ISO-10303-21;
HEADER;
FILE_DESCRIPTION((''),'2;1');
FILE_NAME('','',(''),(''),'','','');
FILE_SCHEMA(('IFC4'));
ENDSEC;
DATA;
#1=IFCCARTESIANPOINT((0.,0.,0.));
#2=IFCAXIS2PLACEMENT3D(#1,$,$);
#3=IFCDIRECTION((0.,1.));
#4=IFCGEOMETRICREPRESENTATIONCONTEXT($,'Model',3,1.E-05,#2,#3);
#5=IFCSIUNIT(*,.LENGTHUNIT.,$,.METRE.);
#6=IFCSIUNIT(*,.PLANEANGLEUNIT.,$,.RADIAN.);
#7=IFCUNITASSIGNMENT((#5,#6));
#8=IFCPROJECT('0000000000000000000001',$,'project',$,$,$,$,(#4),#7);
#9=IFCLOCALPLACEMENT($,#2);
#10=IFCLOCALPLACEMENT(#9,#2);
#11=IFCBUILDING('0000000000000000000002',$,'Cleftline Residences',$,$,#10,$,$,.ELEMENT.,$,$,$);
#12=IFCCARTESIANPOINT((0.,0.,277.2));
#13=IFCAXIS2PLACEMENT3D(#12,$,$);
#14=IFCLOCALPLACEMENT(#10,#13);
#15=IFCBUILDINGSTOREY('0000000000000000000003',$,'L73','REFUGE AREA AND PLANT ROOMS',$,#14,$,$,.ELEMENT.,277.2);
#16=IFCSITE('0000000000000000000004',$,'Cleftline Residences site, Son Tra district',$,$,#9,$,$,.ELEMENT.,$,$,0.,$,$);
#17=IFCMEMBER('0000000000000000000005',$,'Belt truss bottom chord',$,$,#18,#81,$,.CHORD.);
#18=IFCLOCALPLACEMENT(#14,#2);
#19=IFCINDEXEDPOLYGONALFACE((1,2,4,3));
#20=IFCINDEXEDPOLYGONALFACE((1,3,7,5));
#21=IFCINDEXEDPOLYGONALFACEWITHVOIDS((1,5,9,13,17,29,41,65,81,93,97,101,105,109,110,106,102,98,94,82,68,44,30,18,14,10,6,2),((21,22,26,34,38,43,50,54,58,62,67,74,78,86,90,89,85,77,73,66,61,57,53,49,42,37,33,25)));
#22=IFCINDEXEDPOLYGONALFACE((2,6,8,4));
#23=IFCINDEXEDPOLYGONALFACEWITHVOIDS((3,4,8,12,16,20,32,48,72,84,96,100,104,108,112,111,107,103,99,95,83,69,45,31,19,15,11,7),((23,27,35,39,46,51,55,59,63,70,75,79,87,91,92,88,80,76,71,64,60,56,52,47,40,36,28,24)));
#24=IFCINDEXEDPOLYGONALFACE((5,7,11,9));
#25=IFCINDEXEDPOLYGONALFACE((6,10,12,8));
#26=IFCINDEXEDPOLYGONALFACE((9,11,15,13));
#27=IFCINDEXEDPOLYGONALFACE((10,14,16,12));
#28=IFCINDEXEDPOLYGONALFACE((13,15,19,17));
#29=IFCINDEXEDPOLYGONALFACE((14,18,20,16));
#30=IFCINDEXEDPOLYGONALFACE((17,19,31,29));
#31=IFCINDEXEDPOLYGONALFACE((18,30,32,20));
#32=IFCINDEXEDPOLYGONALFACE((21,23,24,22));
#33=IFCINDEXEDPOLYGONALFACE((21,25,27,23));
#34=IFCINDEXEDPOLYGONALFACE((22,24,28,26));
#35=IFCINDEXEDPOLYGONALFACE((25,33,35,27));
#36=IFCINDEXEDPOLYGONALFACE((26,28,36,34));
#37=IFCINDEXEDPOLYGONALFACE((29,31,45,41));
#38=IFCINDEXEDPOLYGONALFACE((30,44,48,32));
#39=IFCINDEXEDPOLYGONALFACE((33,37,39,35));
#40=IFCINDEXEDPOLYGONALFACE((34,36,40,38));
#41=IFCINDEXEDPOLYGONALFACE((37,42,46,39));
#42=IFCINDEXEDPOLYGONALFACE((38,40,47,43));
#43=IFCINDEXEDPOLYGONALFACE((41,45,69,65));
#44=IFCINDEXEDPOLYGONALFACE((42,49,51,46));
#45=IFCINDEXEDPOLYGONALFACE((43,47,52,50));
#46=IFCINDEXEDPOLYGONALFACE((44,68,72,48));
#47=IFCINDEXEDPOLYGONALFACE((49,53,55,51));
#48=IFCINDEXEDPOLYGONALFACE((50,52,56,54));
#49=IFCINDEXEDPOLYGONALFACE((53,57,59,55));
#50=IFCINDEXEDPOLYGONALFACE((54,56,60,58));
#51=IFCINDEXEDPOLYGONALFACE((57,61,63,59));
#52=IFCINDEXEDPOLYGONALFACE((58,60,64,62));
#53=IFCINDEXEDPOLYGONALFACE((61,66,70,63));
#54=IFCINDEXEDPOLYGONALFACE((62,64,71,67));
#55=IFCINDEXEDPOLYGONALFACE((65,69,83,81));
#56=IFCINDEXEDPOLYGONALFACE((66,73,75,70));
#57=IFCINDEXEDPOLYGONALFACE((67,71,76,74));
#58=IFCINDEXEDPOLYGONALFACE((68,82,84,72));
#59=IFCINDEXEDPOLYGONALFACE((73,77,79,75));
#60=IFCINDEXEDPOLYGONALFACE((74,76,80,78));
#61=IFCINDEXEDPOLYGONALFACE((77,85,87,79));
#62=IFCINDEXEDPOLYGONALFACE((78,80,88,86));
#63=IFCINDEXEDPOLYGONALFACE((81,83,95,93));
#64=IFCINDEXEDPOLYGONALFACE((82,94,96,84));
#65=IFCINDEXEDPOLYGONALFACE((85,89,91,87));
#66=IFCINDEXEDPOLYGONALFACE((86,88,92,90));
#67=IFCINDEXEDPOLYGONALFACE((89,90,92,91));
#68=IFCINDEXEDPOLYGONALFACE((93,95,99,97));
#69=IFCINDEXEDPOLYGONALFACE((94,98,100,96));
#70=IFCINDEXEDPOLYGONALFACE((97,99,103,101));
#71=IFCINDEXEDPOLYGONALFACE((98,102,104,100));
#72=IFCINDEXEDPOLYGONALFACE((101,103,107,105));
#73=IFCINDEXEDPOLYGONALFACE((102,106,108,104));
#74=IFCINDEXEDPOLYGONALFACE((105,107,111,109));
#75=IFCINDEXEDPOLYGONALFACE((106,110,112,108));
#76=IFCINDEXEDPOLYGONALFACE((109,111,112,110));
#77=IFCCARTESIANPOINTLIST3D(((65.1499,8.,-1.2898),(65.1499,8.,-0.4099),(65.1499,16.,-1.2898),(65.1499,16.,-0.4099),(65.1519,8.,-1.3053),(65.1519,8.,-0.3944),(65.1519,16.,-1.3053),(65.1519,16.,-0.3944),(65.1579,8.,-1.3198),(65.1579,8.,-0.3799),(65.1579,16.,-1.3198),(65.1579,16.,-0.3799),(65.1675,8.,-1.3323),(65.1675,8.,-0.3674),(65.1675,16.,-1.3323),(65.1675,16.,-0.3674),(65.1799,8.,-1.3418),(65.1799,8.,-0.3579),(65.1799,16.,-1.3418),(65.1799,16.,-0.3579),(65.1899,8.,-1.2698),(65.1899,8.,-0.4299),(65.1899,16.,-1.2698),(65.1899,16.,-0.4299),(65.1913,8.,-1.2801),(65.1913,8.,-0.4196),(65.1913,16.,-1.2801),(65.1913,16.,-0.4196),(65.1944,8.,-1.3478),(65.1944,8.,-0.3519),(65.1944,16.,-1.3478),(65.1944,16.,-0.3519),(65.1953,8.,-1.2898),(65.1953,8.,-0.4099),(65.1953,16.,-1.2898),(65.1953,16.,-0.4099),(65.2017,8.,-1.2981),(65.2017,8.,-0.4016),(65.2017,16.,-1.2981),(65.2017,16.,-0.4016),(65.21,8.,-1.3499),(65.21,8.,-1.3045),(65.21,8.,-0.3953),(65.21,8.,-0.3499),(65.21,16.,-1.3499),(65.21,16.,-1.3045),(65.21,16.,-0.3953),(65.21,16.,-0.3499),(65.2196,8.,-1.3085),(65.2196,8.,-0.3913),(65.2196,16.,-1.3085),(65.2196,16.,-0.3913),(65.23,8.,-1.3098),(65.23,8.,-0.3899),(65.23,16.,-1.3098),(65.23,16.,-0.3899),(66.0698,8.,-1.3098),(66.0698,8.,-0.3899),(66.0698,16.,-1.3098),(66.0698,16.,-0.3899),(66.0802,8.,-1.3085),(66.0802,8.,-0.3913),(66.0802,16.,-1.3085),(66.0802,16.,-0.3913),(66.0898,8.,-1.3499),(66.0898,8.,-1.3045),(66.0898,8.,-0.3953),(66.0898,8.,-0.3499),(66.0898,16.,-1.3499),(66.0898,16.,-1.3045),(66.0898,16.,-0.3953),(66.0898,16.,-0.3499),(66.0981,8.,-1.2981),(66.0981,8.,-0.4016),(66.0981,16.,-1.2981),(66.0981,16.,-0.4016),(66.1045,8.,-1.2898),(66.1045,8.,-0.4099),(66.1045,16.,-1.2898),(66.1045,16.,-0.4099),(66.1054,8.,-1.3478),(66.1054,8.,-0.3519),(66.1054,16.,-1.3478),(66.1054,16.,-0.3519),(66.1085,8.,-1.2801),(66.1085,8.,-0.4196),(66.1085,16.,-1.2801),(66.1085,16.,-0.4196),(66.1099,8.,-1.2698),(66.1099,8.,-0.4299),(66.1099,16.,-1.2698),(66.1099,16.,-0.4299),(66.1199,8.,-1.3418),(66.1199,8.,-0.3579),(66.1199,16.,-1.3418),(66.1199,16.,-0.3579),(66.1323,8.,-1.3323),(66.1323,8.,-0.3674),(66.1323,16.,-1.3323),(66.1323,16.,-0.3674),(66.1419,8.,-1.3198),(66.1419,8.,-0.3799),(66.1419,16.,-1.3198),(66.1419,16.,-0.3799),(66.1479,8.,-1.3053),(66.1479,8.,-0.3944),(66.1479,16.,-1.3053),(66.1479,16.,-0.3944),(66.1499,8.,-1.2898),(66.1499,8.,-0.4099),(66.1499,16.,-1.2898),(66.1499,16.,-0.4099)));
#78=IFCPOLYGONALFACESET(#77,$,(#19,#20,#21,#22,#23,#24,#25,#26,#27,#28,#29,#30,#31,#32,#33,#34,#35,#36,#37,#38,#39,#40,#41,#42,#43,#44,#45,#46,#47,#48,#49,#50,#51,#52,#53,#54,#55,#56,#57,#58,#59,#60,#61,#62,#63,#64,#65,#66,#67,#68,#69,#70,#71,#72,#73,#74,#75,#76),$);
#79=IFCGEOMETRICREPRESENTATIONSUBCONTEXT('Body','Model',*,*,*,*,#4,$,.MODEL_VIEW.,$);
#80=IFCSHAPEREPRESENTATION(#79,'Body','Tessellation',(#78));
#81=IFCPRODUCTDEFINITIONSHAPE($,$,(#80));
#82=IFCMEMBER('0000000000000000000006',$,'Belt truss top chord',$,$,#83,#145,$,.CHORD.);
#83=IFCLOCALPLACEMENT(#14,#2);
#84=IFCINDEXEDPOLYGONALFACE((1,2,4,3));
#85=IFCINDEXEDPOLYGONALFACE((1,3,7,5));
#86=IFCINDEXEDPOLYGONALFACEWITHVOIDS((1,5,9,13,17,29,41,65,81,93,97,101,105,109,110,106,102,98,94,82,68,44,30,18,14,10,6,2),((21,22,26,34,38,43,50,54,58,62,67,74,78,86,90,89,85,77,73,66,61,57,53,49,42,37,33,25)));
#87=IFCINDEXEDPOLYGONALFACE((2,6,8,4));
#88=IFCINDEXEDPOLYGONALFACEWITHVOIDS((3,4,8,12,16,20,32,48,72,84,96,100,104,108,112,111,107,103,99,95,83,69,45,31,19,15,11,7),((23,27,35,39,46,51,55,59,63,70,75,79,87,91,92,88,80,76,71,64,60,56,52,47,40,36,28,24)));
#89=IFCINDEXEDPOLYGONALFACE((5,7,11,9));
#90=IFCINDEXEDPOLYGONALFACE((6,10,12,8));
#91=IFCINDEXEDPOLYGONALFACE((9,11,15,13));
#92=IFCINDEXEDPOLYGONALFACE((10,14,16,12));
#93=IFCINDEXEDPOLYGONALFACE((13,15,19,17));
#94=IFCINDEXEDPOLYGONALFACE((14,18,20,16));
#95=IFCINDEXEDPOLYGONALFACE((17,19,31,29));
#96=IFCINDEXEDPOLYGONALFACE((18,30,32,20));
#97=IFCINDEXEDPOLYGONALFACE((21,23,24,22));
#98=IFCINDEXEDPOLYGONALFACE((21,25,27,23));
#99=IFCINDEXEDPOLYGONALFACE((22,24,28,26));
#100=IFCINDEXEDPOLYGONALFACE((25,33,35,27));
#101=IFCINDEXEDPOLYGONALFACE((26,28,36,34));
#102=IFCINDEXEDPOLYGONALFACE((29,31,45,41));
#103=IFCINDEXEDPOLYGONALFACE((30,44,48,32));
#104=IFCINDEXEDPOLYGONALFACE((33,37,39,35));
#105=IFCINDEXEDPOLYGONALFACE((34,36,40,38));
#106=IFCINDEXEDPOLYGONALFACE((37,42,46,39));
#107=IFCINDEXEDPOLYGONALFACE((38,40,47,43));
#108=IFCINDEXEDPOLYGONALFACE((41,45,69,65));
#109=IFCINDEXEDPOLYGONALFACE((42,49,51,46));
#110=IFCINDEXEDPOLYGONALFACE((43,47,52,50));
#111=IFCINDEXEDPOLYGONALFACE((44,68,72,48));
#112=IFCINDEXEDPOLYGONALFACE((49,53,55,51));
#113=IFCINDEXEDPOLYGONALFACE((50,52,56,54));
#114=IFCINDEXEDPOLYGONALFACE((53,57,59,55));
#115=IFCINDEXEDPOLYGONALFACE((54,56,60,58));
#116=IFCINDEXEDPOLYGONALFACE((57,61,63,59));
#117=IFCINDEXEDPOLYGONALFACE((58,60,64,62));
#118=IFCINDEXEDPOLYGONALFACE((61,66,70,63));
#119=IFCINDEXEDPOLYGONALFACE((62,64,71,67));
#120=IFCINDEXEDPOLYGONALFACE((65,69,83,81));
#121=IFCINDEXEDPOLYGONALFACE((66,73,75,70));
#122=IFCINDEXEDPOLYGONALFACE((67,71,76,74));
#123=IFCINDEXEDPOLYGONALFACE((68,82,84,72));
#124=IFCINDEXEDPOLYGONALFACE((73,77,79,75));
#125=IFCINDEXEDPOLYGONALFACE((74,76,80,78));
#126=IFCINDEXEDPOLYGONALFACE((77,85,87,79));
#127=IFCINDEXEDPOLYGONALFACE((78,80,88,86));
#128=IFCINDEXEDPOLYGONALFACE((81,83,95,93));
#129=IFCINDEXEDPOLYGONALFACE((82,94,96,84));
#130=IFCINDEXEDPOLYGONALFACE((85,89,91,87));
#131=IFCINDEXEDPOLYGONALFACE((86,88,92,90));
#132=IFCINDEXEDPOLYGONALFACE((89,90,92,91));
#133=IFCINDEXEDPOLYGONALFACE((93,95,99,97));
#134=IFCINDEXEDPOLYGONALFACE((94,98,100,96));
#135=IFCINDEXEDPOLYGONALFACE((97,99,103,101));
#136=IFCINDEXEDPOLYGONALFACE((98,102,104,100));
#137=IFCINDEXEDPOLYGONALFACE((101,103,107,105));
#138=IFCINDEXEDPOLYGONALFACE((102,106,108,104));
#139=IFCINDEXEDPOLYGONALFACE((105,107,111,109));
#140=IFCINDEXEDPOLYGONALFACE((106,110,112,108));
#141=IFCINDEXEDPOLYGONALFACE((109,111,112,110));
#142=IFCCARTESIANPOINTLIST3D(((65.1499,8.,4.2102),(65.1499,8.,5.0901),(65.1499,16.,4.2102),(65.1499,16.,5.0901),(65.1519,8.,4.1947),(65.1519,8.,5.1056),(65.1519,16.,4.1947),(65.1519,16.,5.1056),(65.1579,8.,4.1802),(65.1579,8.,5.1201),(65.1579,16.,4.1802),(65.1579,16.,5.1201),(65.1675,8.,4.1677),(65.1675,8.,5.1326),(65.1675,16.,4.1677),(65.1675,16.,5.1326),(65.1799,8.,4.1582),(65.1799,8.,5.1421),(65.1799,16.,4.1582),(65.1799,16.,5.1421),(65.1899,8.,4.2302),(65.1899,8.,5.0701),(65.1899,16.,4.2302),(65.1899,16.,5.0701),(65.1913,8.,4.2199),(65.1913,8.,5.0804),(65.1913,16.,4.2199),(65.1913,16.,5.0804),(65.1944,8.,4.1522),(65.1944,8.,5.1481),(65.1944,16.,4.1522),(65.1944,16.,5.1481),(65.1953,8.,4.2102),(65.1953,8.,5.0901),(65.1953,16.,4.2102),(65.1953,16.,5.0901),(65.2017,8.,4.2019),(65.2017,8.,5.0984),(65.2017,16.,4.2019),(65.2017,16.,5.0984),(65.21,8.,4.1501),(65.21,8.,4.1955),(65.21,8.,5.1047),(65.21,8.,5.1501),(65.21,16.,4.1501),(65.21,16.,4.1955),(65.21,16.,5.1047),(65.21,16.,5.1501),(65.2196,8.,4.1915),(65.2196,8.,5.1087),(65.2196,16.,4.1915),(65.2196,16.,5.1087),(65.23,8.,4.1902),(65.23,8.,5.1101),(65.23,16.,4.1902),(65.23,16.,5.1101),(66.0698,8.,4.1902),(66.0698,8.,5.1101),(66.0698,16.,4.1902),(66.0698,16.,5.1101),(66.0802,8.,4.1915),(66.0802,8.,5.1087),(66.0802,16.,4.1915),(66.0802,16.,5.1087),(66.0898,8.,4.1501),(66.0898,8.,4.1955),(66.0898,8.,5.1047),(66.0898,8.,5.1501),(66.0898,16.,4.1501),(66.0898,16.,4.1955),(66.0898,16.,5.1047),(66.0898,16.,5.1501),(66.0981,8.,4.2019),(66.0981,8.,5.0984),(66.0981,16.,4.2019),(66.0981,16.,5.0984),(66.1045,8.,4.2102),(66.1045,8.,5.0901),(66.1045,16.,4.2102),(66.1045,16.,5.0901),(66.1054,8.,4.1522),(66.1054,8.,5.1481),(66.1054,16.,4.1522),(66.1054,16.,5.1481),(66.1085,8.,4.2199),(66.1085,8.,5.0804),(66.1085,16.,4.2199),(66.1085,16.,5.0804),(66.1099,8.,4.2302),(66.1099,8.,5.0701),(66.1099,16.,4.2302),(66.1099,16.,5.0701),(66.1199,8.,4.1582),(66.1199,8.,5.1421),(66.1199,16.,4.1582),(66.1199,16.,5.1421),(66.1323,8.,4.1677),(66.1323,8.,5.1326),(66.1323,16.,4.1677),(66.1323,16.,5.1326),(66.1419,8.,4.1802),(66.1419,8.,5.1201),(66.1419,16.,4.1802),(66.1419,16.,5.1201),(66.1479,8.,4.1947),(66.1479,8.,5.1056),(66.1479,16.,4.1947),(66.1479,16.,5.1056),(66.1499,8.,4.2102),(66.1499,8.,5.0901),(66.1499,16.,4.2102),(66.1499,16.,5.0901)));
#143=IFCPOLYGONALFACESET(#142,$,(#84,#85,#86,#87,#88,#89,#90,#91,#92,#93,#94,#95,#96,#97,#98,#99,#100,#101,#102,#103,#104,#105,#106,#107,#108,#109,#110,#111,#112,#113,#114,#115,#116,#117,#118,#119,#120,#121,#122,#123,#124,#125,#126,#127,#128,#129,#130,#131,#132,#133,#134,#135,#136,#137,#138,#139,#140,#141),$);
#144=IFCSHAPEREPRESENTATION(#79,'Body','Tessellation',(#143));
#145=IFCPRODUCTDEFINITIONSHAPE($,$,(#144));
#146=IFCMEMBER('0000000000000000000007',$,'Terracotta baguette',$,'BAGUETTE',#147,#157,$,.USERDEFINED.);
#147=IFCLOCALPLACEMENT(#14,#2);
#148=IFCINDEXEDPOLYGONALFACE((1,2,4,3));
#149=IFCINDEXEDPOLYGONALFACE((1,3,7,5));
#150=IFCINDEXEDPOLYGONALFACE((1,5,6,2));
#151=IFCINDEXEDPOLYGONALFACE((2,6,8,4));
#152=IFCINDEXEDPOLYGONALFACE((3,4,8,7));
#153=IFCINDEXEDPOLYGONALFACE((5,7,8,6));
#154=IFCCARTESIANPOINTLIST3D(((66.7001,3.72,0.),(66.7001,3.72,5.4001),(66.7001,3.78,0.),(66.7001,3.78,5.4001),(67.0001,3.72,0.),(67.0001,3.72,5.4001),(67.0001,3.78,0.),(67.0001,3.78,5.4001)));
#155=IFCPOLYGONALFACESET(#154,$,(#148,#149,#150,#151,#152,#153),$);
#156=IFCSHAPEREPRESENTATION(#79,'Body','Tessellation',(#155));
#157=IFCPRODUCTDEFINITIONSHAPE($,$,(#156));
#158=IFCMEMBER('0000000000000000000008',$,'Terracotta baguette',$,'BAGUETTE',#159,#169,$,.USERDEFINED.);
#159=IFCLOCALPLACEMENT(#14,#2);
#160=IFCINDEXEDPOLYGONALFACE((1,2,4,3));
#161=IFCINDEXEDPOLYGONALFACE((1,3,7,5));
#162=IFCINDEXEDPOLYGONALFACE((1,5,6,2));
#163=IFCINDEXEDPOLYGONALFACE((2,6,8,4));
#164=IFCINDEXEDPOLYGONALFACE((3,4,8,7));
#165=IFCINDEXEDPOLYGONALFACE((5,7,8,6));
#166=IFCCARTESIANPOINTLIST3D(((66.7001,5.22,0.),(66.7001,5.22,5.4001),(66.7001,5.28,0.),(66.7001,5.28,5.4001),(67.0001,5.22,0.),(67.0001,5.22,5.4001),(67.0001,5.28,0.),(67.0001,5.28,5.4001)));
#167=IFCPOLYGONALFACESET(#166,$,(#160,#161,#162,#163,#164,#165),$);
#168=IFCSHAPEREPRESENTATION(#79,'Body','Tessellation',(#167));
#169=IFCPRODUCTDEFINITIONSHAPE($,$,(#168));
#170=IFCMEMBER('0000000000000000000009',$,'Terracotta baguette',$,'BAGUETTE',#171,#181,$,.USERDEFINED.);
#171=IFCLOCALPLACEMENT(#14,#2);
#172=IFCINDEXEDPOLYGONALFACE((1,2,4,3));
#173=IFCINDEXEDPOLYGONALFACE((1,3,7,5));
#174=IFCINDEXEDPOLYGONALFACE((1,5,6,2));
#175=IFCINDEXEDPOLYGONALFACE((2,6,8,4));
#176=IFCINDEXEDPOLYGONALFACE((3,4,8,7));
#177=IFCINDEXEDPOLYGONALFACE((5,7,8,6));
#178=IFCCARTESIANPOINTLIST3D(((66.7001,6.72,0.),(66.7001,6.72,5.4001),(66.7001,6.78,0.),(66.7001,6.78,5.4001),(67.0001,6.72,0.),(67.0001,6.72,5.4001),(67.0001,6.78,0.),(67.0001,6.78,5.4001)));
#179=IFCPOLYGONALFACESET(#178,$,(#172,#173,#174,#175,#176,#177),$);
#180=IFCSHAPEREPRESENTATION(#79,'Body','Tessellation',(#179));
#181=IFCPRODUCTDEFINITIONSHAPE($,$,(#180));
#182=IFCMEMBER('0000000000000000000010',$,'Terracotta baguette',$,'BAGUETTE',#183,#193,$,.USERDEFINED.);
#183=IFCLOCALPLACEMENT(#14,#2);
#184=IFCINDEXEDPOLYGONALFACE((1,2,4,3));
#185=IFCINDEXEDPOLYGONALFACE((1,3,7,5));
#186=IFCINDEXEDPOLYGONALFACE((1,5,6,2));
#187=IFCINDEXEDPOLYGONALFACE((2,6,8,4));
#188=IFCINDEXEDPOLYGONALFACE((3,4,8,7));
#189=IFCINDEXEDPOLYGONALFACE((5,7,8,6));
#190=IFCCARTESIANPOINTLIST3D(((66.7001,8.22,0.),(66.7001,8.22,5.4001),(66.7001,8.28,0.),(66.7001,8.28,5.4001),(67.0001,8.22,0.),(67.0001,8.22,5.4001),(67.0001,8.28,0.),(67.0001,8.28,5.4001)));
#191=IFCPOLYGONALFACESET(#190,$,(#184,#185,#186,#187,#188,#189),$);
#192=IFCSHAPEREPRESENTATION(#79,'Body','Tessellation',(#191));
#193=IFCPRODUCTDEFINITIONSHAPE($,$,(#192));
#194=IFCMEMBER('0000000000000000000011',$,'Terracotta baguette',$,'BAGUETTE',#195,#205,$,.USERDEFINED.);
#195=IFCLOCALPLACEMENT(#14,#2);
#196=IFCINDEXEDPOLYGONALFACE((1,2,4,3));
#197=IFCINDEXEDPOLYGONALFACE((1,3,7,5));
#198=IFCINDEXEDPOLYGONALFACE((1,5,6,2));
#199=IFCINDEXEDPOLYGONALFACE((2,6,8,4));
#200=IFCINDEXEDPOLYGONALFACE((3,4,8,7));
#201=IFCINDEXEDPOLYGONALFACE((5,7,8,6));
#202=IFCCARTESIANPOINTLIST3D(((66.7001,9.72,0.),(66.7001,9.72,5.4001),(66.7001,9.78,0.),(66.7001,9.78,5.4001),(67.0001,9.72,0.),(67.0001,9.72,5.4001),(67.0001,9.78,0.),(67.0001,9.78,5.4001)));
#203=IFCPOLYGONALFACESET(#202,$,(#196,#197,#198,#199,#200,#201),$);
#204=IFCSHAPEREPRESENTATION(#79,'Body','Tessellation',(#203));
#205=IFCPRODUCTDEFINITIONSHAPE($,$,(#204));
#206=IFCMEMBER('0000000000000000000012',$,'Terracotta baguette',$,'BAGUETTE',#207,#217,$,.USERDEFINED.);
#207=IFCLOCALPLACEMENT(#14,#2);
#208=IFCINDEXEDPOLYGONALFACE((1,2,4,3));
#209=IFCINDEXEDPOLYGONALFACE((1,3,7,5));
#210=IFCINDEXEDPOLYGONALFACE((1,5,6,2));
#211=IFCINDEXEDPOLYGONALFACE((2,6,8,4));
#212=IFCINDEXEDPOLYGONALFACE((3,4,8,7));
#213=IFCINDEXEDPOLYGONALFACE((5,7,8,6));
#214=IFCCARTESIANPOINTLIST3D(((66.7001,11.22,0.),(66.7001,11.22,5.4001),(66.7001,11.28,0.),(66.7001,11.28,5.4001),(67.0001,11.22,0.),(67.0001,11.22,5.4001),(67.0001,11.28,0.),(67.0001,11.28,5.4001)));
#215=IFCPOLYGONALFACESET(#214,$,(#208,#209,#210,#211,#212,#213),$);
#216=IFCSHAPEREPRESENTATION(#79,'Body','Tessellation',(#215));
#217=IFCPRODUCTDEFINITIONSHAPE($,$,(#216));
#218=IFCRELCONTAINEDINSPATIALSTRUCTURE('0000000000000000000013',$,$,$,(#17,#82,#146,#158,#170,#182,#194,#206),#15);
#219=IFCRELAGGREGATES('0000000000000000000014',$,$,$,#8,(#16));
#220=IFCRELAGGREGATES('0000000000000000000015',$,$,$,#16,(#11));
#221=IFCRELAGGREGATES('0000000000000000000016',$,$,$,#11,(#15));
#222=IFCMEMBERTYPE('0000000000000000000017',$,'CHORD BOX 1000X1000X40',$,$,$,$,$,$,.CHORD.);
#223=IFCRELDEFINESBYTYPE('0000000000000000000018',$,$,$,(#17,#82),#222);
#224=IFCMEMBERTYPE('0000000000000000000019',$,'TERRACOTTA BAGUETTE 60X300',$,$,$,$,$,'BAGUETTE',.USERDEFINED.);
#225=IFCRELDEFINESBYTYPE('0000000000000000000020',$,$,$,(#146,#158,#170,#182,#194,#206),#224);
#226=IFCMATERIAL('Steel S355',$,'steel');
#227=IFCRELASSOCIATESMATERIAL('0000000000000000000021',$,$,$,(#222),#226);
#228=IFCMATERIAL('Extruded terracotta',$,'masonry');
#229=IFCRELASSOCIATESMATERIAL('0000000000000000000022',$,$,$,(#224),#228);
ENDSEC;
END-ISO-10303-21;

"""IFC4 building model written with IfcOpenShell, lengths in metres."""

from ifc_helpers import new_model, si_unit, direction, frame, origin, origin_2d, place, context, subcontext, project, spatial, rectangle, hollow_rectangle, extrude, material, material_profile, profile_set, type_object, element, save


model = new_model("IFC4")

# Units and contexts
model_context = context("Model", 3, precision=1e-05, world=origin(), true_north=direction((0.0, 1.0)))
body_context = subcontext(model_context, "Body", "Model", "MODEL_VIEW")
ifc_project = project(units=[si_unit("LENGTHUNIT", "METRE"), si_unit("PLANEANGLEUNIT", "RADIAN")], contexts=[model_context])

# Site, building, storey
site_placement = place(None, origin())
site = spatial("IfcSite", under=ifc_project, at=site_placement, Name="Cleftline Residences site, Son Tra district", CompositionType="ELEMENT", RefElevation=0.0)
building_placement = place(site_placement, origin())
building = spatial("IfcBuilding", under=site, at=building_placement, Name="Cleftline Residences", CompositionType="ELEMENT")
storey_placement = place(building_placement, frame((0.0, 0.0, 277.2)))
storey = spatial("IfcBuildingStorey", under=building, at=storey_placement, Name="L73", Description="REFUGE AREA AND PLANT ROOMS", CompositionType="ELEMENT", Elevation=277.2)

# Members
ifc_material_1 = material(Name="Steel S355", Category="steel")
ifc_material_profile_1 = material_profile(ifc_material_1, hollow_rectangle(XDim=1.0, YDim=1.0, WallThickness=0.04, InnerFilletRadius=0.04, OuterFilletRadius=0.0601, at=origin_2d()))
ifc_profile_set_1 = profile_set([ifc_material_profile_1], Name="Steel S355")
member_type_1 = type_object("IfcMemberType", Name="CHORD BOX 1000X1000X40", PredefinedType="CHORD", material=ifc_profile_set_1)
for number, where, z_axis, x_axis, name in (
    (1, (65.6499, 8.0, -0.8499), (0.0, 1.0, 0.0), (-1.0, 0.0, 0.0), "Belt truss bottom chord"),
    (2, (65.6499, 8.0, 4.6501), (0.0, 1.0, 0.0), (-1.0, 0.0, 0.0), "Belt truss top chord"),
):
    element("IfcMember", number, at=place(storey_placement, frame(where, z_axis=z_axis, x_axis=x_axis)), inside=storey, type_object=member_type_1, Name=name, PredefinedType="CHORD", context=body_context, shape_type="SweptSolid", body=[
        extrude(hollow_rectangle(XDim=1.0, YDim=1.0, WallThickness=0.04, InnerFilletRadius=0.04, OuterFilletRadius=0.0601, at=origin_2d()), origin(), (0.0, 0.0, 1.0), 8.0),
    ])
ifc_material_2 = material(Name="Extruded terracotta", Category="masonry")
ifc_material_profile_2 = material_profile(ifc_material_2, rectangle(XDim=0.0601, YDim=0.3, at=origin_2d()))
ifc_profile_set_2 = profile_set([ifc_material_profile_2], Name="Extruded terracotta")
member_type_2 = type_object("IfcMemberType", Name="TERRACOTTA BAGUETTE 60X300", ElementType="BAGUETTE", PredefinedType="USERDEFINED", material=ifc_profile_set_2)
for number, where, z_axis, x_axis, name in (
    (3, (66.8501, 3.75, 0.0), (0.0, 0.0, 1.0), (0.0, 1.0, 0.0), "Terracotta baguette"),
    (4, (66.8501, 5.25, 0.0), (0.0, 0.0, 1.0), (0.0, 1.0, 0.0), "Terracotta baguette"),
    (5, (66.8501, 6.75, 0.0), (0.0, 0.0, 1.0), (0.0, 1.0, 0.0), "Terracotta baguette"),
    (6, (66.8501, 8.25, 0.0), (0.0, 0.0, 1.0), (0.0, 1.0, 0.0), "Terracotta baguette"),
    (7, (66.8501, 9.75, 0.0), (0.0, 0.0, 1.0), (0.0, 1.0, 0.0), "Terracotta baguette"),
    (8, (66.8501, 11.25, 0.0), (0.0, 0.0, 1.0), (0.0, 1.0, 0.0), "Terracotta baguette"),
):
    element("IfcMember", number, at=place(storey_placement, frame(where, z_axis=z_axis, x_axis=x_axis)), inside=storey, type_object=member_type_2, Name=name, ObjectType="BAGUETTE", PredefinedType="USERDEFINED", context=body_context, shape_type="SweptSolid", body=[
        extrude(rectangle(XDim=0.0601, YDim=0.3, at=origin_2d()), origin(), (0.0, 0.0, 1.0), 5.4001),
    ])

save(model, "model.ifc")
